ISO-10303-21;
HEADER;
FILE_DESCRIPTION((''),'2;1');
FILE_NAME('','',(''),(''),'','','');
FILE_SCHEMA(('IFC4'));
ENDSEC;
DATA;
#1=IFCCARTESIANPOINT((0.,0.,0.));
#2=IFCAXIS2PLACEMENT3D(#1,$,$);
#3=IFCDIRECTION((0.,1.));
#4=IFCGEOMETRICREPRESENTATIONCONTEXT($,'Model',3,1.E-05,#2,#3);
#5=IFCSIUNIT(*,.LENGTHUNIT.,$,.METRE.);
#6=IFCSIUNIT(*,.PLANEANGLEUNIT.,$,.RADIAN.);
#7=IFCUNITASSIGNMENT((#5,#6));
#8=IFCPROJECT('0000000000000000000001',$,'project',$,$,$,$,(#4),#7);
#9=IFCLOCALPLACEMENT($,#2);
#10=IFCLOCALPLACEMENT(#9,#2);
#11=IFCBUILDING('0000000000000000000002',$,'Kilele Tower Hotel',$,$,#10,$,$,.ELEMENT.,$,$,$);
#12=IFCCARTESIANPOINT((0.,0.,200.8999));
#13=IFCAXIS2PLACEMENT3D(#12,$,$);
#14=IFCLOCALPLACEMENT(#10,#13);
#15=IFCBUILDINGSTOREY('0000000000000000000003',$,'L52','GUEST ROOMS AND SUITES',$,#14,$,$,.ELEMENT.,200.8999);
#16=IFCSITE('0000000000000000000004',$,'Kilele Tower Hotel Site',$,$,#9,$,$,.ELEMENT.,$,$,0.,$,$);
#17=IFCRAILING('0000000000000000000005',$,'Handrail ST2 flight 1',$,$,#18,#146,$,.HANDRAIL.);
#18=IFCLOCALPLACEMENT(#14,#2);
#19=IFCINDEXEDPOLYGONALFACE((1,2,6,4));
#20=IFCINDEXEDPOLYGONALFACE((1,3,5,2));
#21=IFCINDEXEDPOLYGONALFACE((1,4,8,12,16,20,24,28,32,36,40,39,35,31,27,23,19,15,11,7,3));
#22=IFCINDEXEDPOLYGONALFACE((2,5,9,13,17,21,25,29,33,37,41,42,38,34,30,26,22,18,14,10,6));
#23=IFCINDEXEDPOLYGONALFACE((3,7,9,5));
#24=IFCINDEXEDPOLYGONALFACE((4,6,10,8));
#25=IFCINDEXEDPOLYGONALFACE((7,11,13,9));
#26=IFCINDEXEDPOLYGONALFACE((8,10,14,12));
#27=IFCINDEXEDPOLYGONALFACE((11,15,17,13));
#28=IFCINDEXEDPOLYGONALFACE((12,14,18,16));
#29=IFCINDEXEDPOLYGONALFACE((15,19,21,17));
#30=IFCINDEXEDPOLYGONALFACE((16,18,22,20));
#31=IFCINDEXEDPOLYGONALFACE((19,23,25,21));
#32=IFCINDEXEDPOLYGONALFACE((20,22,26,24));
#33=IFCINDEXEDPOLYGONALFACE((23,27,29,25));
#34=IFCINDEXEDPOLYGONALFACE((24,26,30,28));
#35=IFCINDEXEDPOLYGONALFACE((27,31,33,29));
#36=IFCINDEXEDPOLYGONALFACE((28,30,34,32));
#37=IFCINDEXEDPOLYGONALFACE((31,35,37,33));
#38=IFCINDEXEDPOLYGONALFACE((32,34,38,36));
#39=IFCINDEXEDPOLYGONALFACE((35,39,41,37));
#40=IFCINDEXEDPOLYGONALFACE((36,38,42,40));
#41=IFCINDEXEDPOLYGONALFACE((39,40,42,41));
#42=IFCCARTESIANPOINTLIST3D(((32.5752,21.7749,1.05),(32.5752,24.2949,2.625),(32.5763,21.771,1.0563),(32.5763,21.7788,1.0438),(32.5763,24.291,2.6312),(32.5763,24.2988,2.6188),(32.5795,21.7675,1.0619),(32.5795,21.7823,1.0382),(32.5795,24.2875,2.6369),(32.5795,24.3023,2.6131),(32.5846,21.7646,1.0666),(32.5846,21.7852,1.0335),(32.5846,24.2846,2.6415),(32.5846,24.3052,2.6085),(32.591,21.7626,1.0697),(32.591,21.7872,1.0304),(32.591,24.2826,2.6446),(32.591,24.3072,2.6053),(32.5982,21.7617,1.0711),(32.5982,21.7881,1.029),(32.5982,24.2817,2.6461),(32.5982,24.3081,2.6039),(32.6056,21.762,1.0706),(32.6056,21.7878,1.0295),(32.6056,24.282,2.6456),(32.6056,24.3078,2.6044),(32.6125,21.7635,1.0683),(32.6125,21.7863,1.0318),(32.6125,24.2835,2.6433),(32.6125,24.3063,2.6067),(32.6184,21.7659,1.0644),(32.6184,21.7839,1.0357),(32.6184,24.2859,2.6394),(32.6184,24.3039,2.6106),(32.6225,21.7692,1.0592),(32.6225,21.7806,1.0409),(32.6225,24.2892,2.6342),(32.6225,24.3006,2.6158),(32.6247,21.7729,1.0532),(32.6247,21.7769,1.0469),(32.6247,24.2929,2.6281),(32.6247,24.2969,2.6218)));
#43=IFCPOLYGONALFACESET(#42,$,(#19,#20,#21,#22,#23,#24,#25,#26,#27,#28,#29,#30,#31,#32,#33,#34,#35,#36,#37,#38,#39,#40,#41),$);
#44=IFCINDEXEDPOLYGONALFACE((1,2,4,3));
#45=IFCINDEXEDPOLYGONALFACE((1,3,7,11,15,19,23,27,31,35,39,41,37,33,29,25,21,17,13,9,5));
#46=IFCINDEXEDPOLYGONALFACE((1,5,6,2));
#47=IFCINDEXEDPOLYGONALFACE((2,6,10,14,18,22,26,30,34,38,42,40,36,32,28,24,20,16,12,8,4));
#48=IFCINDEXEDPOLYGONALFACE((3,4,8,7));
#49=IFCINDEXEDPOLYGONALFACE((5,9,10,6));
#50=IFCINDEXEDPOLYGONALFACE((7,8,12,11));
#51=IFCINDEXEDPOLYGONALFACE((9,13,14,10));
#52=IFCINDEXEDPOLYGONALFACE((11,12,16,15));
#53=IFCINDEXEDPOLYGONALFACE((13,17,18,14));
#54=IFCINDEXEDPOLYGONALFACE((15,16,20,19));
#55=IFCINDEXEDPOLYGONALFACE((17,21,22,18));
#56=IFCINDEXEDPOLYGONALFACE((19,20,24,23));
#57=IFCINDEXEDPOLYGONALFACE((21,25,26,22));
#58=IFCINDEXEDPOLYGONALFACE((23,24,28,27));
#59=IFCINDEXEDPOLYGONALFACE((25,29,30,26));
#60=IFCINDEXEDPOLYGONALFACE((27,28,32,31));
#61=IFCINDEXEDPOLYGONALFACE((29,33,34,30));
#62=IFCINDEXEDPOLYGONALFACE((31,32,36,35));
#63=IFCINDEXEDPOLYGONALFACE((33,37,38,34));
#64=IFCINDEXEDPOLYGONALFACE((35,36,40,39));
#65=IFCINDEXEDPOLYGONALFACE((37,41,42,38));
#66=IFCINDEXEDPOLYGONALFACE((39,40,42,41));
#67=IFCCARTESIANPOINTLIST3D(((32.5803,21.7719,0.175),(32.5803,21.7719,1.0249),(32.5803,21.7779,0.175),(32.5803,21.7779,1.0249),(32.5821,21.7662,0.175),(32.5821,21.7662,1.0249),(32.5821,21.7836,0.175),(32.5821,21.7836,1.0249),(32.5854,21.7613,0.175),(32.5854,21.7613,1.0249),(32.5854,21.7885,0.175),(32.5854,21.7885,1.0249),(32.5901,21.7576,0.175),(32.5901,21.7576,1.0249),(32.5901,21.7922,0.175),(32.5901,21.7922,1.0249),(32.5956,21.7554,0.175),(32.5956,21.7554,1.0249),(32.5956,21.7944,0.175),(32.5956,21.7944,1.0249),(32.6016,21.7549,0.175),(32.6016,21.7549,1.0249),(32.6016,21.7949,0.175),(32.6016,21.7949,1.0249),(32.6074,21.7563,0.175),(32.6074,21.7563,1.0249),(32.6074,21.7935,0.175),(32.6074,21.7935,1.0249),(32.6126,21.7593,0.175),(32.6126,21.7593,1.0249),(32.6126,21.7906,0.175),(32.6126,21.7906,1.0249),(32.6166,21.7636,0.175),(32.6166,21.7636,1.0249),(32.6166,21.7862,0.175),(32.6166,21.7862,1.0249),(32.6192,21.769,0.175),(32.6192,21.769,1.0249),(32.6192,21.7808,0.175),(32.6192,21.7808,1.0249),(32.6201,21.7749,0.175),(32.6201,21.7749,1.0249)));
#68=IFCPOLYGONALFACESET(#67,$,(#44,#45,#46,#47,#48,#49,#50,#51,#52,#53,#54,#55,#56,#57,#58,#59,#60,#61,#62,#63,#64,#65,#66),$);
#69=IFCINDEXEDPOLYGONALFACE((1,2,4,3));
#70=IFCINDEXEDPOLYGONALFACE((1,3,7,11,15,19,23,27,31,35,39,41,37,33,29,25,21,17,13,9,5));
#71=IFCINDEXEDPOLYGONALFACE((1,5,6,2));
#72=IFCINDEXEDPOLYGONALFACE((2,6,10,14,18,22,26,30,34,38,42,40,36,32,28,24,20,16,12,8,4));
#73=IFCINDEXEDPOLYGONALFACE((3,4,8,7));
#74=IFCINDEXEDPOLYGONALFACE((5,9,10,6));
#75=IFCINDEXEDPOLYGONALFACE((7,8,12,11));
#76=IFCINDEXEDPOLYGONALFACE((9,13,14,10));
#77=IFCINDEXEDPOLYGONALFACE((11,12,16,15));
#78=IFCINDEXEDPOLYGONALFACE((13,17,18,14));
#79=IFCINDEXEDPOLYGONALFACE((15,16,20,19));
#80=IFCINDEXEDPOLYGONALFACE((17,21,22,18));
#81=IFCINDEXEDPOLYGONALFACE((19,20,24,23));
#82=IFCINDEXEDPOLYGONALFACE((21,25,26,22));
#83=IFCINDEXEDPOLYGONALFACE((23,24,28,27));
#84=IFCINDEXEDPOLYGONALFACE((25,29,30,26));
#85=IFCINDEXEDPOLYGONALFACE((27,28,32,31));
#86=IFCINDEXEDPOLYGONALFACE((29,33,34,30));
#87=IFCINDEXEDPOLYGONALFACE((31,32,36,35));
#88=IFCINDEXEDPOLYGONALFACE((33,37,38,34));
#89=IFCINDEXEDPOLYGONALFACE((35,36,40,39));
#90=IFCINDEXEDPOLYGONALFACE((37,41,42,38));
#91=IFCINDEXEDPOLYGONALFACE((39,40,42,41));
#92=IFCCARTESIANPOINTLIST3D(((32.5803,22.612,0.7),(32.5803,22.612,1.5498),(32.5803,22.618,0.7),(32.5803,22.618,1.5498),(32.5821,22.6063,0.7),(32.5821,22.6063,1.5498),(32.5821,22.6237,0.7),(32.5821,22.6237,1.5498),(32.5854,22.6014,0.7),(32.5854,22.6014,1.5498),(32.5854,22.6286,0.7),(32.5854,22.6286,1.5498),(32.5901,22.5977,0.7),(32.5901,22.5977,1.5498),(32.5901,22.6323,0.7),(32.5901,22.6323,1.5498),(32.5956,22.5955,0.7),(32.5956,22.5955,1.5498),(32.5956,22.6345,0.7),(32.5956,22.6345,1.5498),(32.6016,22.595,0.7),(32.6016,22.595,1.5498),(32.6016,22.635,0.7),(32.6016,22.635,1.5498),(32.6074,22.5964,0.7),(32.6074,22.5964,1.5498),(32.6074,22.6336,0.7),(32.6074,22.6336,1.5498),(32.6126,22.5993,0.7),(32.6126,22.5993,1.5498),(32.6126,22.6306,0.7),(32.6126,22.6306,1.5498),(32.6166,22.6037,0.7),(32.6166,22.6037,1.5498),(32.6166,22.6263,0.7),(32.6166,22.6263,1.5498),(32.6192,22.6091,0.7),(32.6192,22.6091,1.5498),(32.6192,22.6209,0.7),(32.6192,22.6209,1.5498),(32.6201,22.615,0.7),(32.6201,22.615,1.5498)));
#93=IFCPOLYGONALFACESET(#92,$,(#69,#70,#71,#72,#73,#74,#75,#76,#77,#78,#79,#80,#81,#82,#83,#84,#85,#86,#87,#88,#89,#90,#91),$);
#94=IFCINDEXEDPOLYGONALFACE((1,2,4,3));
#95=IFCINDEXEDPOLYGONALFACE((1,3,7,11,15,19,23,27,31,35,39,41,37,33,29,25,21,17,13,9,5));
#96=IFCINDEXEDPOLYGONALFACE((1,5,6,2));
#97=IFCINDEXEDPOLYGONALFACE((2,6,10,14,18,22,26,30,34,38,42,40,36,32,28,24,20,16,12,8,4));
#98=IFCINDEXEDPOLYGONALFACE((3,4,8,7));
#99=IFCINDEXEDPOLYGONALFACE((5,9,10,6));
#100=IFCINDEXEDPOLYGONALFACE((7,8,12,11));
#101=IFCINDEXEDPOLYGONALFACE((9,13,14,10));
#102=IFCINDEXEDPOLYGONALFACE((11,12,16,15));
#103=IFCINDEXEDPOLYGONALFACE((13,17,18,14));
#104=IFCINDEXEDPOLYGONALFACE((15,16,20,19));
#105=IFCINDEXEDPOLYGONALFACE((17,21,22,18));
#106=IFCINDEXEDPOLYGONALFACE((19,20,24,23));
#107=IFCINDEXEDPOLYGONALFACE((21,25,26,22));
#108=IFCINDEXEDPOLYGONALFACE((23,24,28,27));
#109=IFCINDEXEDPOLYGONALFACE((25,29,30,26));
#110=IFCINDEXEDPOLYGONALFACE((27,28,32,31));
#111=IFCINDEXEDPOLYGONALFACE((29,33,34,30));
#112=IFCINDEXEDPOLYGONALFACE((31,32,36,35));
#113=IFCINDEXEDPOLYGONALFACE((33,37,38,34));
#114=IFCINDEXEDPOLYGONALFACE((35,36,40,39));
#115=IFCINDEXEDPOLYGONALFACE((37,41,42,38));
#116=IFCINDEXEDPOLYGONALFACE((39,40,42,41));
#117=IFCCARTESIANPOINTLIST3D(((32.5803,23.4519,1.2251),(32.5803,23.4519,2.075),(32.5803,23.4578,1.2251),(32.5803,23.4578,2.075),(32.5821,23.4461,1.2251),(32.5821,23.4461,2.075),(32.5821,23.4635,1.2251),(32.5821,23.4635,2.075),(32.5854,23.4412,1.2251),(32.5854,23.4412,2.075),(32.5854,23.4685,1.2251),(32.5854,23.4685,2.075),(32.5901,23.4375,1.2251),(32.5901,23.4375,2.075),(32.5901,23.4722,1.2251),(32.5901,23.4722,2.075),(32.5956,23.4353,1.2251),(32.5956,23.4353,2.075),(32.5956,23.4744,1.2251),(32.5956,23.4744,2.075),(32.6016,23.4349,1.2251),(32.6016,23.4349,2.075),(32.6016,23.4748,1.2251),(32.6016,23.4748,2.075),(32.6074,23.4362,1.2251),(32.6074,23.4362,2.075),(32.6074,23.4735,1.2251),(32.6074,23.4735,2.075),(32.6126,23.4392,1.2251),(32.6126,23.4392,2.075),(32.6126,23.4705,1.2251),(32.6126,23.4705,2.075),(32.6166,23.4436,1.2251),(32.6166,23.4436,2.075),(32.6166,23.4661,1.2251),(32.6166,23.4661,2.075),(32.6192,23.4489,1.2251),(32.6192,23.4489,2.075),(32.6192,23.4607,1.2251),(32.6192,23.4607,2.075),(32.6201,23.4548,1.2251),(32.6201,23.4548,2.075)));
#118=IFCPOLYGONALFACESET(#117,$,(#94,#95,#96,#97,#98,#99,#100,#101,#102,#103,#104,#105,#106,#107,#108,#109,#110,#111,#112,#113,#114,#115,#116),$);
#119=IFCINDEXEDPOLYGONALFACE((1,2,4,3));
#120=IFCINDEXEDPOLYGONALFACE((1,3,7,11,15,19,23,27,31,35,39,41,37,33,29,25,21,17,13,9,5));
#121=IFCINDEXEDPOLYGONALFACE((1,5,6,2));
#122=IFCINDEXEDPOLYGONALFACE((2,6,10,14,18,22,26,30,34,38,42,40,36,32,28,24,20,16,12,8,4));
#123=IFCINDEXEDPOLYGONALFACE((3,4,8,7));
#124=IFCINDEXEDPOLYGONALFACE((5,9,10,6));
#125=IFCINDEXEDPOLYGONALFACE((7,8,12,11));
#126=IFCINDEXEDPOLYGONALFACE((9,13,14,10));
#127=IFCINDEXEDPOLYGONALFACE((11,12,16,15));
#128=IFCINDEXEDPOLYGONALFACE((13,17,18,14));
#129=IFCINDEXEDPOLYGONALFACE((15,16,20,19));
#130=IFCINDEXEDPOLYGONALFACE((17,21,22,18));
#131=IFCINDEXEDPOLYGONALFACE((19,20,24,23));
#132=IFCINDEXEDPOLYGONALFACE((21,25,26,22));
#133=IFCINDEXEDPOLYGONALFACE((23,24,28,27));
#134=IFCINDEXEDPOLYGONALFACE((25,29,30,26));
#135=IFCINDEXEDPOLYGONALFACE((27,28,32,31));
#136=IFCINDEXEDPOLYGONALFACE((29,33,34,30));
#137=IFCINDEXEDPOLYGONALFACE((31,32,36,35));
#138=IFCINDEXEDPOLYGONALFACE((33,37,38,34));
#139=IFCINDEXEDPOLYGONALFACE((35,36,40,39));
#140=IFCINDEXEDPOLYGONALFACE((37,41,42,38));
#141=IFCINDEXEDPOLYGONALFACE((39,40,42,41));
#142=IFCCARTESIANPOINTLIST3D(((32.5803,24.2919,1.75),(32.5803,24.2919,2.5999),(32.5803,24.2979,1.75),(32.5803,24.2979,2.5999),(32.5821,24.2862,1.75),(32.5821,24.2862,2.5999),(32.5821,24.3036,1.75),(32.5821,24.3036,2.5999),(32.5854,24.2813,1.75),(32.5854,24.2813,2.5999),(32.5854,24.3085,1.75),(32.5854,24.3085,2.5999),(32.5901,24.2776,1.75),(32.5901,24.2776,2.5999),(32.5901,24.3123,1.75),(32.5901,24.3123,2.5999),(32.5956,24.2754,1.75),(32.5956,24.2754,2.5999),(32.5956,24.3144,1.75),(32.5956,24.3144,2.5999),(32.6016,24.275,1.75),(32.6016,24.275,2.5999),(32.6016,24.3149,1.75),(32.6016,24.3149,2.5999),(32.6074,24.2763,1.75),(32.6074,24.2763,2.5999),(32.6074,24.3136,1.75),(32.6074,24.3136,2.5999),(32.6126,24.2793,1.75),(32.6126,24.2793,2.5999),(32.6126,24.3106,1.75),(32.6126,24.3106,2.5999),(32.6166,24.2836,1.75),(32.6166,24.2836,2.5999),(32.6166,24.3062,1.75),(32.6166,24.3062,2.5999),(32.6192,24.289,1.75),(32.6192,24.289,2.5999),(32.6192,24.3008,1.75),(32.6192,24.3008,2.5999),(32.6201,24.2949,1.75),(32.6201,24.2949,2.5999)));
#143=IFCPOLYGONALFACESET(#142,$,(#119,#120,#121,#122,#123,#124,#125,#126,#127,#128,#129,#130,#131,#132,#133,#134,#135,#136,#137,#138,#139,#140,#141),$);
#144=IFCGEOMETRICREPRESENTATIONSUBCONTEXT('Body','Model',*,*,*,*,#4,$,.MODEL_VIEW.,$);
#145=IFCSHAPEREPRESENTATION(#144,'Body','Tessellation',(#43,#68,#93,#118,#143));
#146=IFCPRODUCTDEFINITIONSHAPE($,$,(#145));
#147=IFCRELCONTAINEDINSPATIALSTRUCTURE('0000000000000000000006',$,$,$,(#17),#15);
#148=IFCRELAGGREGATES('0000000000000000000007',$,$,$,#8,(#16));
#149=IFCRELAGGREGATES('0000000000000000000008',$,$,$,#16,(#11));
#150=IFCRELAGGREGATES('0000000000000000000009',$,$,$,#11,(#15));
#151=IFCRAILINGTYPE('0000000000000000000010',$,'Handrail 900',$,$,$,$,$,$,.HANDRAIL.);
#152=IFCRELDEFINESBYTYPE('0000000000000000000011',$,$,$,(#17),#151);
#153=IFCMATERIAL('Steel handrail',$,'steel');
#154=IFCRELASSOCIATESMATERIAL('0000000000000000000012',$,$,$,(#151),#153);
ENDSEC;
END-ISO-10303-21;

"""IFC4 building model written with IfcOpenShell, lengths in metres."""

from ifc_helpers import new_model, si_unit, direction, frame, origin, origin_2d, place, context, subcontext, project, spatial, circle, extrude, material, type_object, element, save


model = new_model("IFC4")

# Units and contexts
model_context = context("Model", 3, precision=1e-05, world=origin(), true_north=direction((0.0, 1.0)))
body_context = subcontext(model_context, "Body", "Model", "MODEL_VIEW")
ifc_project = project(units=[si_unit("LENGTHUNIT", "METRE"), si_unit("PLANEANGLEUNIT", "RADIAN")], contexts=[model_context])

# Site, building, storey
site_placement = place(None, origin())
site = spatial("IfcSite", under=ifc_project, at=site_placement, Name="Kilele Tower Hotel Site", CompositionType="ELEMENT", RefElevation=0.0)
building_placement = place(site_placement, origin())
building = spatial("IfcBuilding", under=site, at=building_placement, Name="Kilele Tower Hotel", CompositionType="ELEMENT")
storey_placement = place(building_placement, frame((0.0, 0.0, 200.8999)))
storey = spatial("IfcBuildingStorey", under=building, at=storey_placement, Name="L52", Description="GUEST ROOMS AND SUITES", CompositionType="ELEMENT", Elevation=200.8999)

# Railing
ifc_material_1 = material(Name="Steel handrail", Category="steel")
railing_type_1 = type_object("IfcRailingType", Name="Handrail 900", PredefinedType="HANDRAIL", material=ifc_material_1)
for number, where, name in (
    (1, (32.6001, 21.7749, 0.175), "Handrail ST2 flight 1"),
):
    element("IfcRailing", number, at=place(storey_placement, frame(where)), inside=storey, type_object=railing_type_1, Name=name, PredefinedType="HANDRAIL", context=body_context, shape_type="SweptSolid", body=[
        extrude(circle(Radius=0.0249, at=origin_2d()), frame((0.0, 0.0, 0.875), z_axis=(0.0, 0.848008, 0.529984), x_axis=(-1.0, 0.0, 0.0)), (0.0, 0.0, 1.0), 2.9717),
        extrude(circle(Radius=0.02, at=origin_2d()), origin(), (0.0, 0.0, 1.0), 0.8499),
        extrude(circle(Radius=0.02, at=origin_2d()), frame((0.0, 0.8401, 0.5249)), (0.0, 0.0, 1.0), 0.8499),
        extrude(circle(Radius=0.02, at=origin_2d()), frame((0.0, 1.6799, 1.05)), (0.0, 0.0, 1.0), 0.8499),
        extrude(circle(Radius=0.02, at=origin_2d()), frame((0.0, 2.52, 1.575)), (0.0, 0.0, 1.0), 0.8499),
    ])

save(model, "model.ifc")
